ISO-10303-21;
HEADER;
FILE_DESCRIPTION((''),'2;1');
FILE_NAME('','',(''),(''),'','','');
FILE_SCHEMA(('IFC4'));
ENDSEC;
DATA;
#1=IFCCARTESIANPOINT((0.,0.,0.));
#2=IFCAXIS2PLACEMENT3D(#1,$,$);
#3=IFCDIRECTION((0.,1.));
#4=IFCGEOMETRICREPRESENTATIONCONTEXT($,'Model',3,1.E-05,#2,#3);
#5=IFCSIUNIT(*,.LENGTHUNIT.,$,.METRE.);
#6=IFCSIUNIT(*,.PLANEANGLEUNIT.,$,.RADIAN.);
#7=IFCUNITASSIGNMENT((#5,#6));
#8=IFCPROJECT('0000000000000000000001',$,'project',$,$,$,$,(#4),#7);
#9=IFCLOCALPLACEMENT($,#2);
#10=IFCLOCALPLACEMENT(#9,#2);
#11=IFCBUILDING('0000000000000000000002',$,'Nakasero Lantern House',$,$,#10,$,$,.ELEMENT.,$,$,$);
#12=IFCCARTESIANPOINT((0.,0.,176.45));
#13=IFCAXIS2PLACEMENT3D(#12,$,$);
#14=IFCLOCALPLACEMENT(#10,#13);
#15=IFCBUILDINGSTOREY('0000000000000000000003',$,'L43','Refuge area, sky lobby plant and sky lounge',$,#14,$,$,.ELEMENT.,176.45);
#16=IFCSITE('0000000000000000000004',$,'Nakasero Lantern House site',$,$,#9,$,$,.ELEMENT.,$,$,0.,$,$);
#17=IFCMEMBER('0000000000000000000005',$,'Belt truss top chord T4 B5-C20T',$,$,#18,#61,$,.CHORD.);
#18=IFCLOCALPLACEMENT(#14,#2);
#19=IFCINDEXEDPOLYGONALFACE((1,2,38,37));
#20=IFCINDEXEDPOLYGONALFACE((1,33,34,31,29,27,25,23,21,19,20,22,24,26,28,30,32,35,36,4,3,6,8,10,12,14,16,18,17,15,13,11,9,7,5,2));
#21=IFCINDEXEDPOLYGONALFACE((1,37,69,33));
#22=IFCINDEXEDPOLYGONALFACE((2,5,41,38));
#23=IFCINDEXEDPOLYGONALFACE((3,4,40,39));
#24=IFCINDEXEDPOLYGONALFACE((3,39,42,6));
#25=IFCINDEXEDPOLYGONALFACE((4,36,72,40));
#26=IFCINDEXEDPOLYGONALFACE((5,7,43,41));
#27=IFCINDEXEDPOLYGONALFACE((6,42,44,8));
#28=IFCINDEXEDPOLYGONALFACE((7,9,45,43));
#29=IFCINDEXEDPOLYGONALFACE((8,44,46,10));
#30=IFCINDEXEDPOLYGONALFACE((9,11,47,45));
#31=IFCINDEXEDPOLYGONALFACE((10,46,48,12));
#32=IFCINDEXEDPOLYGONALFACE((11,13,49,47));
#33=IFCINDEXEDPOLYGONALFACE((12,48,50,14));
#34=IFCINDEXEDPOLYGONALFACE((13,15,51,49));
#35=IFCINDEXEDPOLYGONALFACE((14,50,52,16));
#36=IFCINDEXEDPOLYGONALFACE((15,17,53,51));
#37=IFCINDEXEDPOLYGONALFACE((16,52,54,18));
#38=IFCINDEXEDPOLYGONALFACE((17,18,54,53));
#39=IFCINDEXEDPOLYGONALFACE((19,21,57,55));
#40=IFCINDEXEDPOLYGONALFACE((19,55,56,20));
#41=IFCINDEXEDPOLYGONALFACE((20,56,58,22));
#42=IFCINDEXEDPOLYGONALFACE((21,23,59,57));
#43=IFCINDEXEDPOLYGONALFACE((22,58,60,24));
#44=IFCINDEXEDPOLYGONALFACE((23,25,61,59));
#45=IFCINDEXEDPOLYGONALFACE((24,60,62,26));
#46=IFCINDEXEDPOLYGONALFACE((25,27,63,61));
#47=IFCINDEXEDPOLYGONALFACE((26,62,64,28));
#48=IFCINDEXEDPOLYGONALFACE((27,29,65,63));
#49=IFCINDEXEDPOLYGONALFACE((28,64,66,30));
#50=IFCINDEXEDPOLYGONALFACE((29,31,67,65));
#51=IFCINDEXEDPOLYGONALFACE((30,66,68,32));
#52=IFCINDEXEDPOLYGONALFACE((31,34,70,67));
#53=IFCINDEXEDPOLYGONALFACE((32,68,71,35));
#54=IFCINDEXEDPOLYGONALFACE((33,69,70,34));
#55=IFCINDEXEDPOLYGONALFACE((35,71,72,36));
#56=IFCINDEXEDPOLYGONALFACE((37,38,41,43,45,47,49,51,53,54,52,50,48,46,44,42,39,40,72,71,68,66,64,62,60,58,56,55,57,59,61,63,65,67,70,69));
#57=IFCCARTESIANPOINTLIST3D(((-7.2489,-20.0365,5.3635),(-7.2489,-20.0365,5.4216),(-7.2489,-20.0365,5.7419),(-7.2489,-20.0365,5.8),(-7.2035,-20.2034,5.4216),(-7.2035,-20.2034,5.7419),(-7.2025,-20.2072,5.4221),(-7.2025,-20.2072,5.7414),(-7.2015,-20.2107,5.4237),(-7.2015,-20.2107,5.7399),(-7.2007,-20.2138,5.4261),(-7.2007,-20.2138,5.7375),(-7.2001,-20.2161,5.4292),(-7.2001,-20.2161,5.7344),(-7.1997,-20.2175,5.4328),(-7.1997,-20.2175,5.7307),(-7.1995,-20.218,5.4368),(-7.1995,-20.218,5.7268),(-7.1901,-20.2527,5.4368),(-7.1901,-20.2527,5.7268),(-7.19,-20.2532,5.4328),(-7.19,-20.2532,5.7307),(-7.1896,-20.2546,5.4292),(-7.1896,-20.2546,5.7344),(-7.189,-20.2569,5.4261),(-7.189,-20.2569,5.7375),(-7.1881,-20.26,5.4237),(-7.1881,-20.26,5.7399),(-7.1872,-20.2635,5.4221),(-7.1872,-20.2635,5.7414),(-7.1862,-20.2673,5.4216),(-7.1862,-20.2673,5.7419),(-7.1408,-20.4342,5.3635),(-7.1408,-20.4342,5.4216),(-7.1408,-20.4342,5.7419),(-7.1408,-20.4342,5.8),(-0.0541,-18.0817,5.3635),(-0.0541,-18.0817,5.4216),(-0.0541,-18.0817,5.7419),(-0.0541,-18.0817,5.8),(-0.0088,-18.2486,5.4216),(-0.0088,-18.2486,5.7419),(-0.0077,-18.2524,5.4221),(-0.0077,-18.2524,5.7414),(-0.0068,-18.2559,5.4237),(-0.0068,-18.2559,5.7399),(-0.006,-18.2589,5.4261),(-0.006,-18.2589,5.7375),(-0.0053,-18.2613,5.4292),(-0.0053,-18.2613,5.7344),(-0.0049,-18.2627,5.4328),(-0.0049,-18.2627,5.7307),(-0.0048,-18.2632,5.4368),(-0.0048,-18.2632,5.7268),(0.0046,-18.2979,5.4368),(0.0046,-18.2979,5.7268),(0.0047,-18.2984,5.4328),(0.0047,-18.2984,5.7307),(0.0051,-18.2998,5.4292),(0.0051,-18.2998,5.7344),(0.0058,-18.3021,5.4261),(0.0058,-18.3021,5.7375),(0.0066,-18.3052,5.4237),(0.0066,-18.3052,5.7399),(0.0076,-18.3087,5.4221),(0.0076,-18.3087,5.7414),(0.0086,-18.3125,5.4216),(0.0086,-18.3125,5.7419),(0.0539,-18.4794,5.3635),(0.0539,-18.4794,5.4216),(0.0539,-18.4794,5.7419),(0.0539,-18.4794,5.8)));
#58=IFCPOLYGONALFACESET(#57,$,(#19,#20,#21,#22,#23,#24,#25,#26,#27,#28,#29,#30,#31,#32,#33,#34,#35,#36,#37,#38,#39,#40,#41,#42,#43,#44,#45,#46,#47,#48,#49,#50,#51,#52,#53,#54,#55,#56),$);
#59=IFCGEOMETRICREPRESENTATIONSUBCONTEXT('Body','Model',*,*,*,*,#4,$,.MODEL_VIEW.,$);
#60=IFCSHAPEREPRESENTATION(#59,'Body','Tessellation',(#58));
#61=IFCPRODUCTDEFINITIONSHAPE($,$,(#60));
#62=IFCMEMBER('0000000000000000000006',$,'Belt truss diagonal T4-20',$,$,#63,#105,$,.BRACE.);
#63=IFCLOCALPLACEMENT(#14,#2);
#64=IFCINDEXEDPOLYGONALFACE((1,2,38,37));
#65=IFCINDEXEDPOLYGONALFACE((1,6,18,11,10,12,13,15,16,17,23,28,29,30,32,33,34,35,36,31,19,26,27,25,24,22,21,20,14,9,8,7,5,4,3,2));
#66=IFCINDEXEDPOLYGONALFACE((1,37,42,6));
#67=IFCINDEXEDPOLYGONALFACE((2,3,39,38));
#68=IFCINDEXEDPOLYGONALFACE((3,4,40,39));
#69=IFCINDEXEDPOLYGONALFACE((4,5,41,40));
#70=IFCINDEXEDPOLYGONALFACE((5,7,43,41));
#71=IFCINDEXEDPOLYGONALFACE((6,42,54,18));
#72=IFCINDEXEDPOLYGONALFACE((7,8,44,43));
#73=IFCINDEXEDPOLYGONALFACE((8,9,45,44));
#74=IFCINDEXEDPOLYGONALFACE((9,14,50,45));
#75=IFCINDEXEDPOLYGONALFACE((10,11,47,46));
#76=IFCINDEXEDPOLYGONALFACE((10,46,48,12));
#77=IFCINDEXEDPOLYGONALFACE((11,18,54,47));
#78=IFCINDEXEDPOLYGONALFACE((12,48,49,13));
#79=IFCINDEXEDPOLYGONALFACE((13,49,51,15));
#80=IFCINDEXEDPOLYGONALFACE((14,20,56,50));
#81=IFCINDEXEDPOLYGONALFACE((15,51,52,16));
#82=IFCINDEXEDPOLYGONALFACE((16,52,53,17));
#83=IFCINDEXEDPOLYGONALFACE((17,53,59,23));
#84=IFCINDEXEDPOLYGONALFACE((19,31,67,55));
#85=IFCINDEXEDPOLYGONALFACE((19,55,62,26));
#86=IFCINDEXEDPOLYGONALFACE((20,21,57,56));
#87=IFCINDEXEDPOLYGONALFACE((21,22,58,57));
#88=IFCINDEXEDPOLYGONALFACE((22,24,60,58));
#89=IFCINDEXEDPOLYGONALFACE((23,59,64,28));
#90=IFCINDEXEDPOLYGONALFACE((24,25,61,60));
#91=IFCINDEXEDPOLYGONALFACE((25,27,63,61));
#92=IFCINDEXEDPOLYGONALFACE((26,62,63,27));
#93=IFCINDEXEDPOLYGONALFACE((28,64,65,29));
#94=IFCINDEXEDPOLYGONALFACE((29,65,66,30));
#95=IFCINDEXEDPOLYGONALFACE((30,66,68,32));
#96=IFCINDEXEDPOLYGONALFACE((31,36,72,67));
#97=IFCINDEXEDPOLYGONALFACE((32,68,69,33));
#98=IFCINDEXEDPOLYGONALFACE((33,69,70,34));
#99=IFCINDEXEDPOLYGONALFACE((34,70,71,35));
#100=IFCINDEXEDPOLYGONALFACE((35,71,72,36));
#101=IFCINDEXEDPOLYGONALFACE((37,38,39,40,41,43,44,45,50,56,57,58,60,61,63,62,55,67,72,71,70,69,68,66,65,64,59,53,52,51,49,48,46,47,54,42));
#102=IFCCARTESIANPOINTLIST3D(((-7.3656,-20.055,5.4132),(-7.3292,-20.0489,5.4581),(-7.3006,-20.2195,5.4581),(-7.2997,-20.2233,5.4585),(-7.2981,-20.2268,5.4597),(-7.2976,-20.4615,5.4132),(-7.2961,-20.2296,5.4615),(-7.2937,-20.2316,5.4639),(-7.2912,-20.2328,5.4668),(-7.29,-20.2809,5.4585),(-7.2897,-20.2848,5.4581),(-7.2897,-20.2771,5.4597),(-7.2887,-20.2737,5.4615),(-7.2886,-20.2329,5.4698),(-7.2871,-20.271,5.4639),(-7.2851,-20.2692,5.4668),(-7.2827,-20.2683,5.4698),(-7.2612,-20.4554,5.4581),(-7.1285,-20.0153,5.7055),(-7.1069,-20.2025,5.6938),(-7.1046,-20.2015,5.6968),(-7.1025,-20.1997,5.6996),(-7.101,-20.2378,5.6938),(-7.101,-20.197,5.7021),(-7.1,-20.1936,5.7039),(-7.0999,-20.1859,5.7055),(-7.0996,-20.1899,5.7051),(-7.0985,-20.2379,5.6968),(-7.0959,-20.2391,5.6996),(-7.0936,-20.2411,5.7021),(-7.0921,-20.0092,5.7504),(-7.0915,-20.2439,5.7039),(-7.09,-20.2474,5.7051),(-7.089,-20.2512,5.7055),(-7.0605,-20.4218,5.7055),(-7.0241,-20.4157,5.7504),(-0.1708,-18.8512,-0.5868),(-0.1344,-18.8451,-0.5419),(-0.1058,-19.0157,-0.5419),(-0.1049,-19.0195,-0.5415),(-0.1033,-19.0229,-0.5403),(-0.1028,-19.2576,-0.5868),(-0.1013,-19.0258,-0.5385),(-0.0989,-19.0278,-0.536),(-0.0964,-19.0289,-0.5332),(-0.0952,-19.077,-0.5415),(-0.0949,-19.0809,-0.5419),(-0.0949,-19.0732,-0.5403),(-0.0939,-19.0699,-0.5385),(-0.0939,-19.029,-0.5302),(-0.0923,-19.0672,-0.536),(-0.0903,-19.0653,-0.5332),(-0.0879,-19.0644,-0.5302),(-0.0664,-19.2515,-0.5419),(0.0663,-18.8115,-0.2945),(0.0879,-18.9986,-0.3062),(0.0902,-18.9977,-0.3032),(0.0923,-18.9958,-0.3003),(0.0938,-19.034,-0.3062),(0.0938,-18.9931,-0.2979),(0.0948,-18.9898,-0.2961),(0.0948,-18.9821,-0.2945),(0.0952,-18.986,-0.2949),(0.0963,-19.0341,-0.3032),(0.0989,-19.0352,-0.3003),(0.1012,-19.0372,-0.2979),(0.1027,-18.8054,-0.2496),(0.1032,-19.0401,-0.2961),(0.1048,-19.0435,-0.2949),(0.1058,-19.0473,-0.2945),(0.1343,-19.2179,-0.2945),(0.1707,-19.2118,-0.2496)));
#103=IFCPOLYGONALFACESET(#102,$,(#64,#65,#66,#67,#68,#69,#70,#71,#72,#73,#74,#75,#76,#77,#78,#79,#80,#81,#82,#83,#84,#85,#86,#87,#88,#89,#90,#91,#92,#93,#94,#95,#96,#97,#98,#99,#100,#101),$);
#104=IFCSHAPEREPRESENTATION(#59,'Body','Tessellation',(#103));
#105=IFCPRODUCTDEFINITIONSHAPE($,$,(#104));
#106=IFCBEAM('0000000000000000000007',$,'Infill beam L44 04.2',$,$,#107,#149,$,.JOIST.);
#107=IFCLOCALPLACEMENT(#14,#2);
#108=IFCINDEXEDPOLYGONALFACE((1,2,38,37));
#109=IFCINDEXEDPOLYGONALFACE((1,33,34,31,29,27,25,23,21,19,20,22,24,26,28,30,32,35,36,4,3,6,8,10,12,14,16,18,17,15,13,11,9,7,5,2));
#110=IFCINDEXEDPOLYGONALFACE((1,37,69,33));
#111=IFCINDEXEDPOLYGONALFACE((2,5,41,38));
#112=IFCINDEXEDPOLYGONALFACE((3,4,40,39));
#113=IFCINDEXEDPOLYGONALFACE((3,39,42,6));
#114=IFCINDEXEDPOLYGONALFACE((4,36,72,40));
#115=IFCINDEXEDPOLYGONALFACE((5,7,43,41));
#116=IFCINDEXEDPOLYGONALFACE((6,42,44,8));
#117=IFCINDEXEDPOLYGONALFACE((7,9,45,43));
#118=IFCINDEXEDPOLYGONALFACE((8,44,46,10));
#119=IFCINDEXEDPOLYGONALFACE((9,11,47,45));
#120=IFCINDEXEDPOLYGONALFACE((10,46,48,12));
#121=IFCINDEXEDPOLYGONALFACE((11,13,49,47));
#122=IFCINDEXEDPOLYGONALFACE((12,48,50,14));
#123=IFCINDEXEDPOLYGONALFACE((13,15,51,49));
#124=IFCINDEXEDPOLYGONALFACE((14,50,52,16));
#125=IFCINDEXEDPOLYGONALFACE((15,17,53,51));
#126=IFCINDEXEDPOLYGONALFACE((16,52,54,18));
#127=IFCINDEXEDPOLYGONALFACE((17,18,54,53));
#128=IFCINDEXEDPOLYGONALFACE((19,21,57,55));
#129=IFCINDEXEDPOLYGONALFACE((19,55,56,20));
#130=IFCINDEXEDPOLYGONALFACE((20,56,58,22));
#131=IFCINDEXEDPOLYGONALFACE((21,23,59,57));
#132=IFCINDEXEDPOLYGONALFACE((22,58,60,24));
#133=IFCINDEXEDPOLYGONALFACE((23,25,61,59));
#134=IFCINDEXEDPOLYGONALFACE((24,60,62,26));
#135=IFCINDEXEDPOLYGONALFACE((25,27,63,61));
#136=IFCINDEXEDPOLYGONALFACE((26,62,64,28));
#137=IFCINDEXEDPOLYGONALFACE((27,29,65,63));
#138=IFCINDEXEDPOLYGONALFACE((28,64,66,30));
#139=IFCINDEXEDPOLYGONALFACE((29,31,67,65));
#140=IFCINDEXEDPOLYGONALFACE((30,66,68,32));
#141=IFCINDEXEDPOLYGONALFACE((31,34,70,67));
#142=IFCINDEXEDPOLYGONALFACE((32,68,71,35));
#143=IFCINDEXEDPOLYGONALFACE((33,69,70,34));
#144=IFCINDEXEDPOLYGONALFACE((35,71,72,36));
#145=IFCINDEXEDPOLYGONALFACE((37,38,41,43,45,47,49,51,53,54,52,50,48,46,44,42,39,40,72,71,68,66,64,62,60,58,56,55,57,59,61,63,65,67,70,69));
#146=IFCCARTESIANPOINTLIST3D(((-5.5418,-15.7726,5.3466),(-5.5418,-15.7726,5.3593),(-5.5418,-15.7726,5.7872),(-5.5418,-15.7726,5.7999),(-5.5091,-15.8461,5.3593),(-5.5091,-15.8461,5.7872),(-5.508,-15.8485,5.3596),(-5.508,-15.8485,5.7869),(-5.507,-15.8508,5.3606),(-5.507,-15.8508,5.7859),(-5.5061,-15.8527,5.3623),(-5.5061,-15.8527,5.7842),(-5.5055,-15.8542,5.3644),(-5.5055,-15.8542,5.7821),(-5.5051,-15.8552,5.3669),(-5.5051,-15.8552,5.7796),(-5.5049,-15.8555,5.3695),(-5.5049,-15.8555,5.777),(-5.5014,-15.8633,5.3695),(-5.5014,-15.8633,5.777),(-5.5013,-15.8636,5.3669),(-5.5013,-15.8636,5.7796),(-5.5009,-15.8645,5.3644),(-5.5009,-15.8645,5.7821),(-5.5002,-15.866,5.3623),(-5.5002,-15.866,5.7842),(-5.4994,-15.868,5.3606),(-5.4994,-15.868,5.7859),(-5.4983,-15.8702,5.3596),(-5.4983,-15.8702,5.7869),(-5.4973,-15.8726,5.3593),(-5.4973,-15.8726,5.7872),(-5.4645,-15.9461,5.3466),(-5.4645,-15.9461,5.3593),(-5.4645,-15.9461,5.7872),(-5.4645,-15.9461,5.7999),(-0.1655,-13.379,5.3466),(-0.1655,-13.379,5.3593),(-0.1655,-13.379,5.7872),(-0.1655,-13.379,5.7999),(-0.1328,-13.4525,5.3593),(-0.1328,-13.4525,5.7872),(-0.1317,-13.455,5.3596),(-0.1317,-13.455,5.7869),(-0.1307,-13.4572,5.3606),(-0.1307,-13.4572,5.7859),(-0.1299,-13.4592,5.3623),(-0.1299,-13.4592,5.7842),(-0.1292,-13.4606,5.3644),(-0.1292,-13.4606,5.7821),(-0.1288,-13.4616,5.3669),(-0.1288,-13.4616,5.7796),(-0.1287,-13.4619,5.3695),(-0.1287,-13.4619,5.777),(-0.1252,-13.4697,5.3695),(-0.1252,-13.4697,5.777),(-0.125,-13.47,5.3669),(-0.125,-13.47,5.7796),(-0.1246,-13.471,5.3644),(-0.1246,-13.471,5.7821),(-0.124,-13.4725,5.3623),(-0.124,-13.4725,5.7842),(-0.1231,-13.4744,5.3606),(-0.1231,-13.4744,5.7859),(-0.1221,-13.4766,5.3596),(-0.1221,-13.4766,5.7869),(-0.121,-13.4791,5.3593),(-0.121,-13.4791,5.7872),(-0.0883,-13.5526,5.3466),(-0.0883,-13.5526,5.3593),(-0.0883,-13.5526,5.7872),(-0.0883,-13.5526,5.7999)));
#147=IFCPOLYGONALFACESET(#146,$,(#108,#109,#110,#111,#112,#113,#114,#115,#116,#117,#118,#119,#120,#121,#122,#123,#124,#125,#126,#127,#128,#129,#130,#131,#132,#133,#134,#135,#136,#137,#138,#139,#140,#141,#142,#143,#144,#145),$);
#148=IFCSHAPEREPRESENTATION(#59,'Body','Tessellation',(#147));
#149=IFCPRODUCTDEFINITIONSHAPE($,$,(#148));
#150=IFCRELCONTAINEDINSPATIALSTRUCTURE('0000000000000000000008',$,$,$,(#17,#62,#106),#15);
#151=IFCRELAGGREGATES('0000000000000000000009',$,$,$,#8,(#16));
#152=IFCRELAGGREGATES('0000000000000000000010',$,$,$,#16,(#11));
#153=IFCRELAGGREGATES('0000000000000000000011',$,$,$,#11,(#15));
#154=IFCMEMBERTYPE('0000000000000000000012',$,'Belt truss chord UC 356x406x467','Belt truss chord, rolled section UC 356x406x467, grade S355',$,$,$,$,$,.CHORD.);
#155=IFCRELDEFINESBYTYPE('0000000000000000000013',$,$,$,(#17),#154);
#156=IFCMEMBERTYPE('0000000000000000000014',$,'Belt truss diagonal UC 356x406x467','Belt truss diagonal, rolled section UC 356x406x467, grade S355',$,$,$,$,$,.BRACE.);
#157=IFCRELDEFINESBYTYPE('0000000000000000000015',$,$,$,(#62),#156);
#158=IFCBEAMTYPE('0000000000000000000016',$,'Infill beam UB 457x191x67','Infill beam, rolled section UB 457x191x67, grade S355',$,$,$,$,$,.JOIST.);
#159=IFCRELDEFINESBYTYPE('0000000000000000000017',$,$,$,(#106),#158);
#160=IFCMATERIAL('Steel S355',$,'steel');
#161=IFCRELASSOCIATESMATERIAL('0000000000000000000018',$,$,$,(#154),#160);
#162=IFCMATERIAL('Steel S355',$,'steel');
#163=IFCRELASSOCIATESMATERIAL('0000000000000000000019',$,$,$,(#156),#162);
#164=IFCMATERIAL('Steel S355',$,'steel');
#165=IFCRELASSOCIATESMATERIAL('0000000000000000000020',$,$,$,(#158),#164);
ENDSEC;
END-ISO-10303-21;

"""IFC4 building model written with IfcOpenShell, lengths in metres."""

from ifc_helpers import new_model, si_unit, direction, frame, origin, origin_2d, place, context, subcontext, project, spatial, i_section, extrude, material, material_profile, profile_set, type_object, element, save


model = new_model("IFC4")

# Units and contexts
model_context = context("Model", 3, precision=1e-05, world=origin(), true_north=direction((0.0, 1.0)))
body_context = subcontext(model_context, "Body", "Model", "MODEL_VIEW")
ifc_project = project(units=[si_unit("LENGTHUNIT", "METRE"), si_unit("PLANEANGLEUNIT", "RADIAN")], contexts=[model_context])

# Site, building, storey
site_placement = place(None, origin())
site = spatial("IfcSite", under=ifc_project, at=site_placement, Name="Nakasero Lantern House site", CompositionType="ELEMENT", RefElevation=0.0)
building_placement = place(site_placement, origin())
building = spatial("IfcBuilding", under=site, at=building_placement, Name="Nakasero Lantern House", CompositionType="ELEMENT")
storey_placement = place(building_placement, frame((0.0, 0.0, 176.45)))
storey = spatial("IfcBuildingStorey", under=building, at=storey_placement, Name="L43", Description="Refuge area, sky lobby plant and sky lounge", CompositionType="ELEMENT", Elevation=176.45)

# Members
ifc_material_1 = material(Name="Steel S355", Category="steel")
ifc_material_profile_1 = material_profile(ifc_material_1, i_section(OverallWidth=0.4121, OverallDepth=0.4365, WebThickness=0.0359, FlangeThickness=0.0581, FilletRadius=0.0151, at=origin_2d()), Name="UC 356x406x467")
ifc_profile_set_1 = profile_set([ifc_material_profile_1], Name="Steel S355")
member_type_1 = type_object("IfcMemberType", Name="Belt truss chord UC 356x406x467", Description="Belt truss chord, rolled section UC 356x406x467, grade S355", PredefinedType="CHORD", material=ifc_profile_set_1)
member_1_placement = place(storey_placement, frame((-7.1948, -20.2354, 5.5818), z_axis=(0.965015, 0.262195, 0.0), x_axis=(-0.262195, 0.965015, 0.0)))
element("IfcMember", 1, at=member_1_placement, inside=storey, type_object=member_type_1, Name="Belt truss top chord T4 B5-C20T", PredefinedType="CHORD", context=body_context, shape_type="SweptSolid", body=[
    extrude(i_section(OverallWidth=0.4121, OverallDepth=0.4365, WebThickness=0.0359, FlangeThickness=0.0581, FilletRadius=0.0151, at=origin_2d()), origin(), (0.0, 0.0, 1.0), 7.4556),
])
ifc_material_2 = material(Name="Steel S355", Category="steel")
ifc_material_profile_2 = material_profile(ifc_material_2, i_section(OverallWidth=0.4121, OverallDepth=0.4365, WebThickness=0.0359, FlangeThickness=0.0581, FilletRadius=0.0151, at=origin_2d()), Name="UC 356x406x467")
ifc_profile_set_2 = profile_set([ifc_material_profile_2], Name="Steel S355")
member_type_2 = type_object("IfcMemberType", Name="Belt truss diagonal UC 356x406x467", Description="Belt truss diagonal, rolled section UC 356x406x467, grade S355", PredefinedType="BRACE", material=ifc_profile_set_2)
member_2_placement = place(storey_placement, frame((-7.1948, -20.2354, 5.5818), z_axis=(0.761731, 0.127455, -0.635233), x_axis=(-0.165029, 0.986289, 0.0)))
element("IfcMember", 2, at=member_2_placement, inside=storey, type_object=member_type_2, Name="Belt truss diagonal T4-20", PredefinedType="BRACE", context=body_context, shape_type="SweptSolid", body=[
    extrude(i_section(OverallWidth=0.4121, OverallDepth=0.4365, WebThickness=0.0359, FlangeThickness=0.0581, FilletRadius=0.0151, at=origin_2d()), origin(), (0.0, 0.0, 1.0), 9.4453),
])

# Beam
ifc_material_3 = material(Name="Steel S355", Category="steel")
ifc_material_profile_3 = material_profile(ifc_material_3, i_section(OverallWidth=0.1899, OverallDepth=0.4534, WebThickness=0.0085, FlangeThickness=0.0127, FilletRadius=0.0103, at=origin_2d()), Name="UB 457x191x67")
ifc_profile_set_3 = profile_set([ifc_material_profile_3], Name="Steel S355")
beam_type_1 = type_object("IfcBeamType", Name="Infill beam UB 457x191x67", Description="Infill beam, rolled section UB 457x191x67, grade S355", PredefinedType="JOIST", material=ifc_profile_set_3)
beam_1_placement = place(storey_placement, frame((-5.5032, -15.8594, 5.5732), z_axis=(0.913551, 0.406723, 0.0), x_axis=(-0.406723, 0.913551, 0.0)))
element("IfcBeam", 3, at=beam_1_placement, inside=storey, type_object=beam_type_1, Name="Infill beam L44 04.2", PredefinedType="JOIST", context=body_context, shape_type="SweptSolid", body=[
    extrude(i_section(OverallWidth=0.1899, OverallDepth=0.4534, WebThickness=0.0085, FlangeThickness=0.0127, FilletRadius=0.0103, at=origin_2d()), origin(), (0.0, 0.0, 1.0), 5.885),
])

save(model, "model.ifc")
